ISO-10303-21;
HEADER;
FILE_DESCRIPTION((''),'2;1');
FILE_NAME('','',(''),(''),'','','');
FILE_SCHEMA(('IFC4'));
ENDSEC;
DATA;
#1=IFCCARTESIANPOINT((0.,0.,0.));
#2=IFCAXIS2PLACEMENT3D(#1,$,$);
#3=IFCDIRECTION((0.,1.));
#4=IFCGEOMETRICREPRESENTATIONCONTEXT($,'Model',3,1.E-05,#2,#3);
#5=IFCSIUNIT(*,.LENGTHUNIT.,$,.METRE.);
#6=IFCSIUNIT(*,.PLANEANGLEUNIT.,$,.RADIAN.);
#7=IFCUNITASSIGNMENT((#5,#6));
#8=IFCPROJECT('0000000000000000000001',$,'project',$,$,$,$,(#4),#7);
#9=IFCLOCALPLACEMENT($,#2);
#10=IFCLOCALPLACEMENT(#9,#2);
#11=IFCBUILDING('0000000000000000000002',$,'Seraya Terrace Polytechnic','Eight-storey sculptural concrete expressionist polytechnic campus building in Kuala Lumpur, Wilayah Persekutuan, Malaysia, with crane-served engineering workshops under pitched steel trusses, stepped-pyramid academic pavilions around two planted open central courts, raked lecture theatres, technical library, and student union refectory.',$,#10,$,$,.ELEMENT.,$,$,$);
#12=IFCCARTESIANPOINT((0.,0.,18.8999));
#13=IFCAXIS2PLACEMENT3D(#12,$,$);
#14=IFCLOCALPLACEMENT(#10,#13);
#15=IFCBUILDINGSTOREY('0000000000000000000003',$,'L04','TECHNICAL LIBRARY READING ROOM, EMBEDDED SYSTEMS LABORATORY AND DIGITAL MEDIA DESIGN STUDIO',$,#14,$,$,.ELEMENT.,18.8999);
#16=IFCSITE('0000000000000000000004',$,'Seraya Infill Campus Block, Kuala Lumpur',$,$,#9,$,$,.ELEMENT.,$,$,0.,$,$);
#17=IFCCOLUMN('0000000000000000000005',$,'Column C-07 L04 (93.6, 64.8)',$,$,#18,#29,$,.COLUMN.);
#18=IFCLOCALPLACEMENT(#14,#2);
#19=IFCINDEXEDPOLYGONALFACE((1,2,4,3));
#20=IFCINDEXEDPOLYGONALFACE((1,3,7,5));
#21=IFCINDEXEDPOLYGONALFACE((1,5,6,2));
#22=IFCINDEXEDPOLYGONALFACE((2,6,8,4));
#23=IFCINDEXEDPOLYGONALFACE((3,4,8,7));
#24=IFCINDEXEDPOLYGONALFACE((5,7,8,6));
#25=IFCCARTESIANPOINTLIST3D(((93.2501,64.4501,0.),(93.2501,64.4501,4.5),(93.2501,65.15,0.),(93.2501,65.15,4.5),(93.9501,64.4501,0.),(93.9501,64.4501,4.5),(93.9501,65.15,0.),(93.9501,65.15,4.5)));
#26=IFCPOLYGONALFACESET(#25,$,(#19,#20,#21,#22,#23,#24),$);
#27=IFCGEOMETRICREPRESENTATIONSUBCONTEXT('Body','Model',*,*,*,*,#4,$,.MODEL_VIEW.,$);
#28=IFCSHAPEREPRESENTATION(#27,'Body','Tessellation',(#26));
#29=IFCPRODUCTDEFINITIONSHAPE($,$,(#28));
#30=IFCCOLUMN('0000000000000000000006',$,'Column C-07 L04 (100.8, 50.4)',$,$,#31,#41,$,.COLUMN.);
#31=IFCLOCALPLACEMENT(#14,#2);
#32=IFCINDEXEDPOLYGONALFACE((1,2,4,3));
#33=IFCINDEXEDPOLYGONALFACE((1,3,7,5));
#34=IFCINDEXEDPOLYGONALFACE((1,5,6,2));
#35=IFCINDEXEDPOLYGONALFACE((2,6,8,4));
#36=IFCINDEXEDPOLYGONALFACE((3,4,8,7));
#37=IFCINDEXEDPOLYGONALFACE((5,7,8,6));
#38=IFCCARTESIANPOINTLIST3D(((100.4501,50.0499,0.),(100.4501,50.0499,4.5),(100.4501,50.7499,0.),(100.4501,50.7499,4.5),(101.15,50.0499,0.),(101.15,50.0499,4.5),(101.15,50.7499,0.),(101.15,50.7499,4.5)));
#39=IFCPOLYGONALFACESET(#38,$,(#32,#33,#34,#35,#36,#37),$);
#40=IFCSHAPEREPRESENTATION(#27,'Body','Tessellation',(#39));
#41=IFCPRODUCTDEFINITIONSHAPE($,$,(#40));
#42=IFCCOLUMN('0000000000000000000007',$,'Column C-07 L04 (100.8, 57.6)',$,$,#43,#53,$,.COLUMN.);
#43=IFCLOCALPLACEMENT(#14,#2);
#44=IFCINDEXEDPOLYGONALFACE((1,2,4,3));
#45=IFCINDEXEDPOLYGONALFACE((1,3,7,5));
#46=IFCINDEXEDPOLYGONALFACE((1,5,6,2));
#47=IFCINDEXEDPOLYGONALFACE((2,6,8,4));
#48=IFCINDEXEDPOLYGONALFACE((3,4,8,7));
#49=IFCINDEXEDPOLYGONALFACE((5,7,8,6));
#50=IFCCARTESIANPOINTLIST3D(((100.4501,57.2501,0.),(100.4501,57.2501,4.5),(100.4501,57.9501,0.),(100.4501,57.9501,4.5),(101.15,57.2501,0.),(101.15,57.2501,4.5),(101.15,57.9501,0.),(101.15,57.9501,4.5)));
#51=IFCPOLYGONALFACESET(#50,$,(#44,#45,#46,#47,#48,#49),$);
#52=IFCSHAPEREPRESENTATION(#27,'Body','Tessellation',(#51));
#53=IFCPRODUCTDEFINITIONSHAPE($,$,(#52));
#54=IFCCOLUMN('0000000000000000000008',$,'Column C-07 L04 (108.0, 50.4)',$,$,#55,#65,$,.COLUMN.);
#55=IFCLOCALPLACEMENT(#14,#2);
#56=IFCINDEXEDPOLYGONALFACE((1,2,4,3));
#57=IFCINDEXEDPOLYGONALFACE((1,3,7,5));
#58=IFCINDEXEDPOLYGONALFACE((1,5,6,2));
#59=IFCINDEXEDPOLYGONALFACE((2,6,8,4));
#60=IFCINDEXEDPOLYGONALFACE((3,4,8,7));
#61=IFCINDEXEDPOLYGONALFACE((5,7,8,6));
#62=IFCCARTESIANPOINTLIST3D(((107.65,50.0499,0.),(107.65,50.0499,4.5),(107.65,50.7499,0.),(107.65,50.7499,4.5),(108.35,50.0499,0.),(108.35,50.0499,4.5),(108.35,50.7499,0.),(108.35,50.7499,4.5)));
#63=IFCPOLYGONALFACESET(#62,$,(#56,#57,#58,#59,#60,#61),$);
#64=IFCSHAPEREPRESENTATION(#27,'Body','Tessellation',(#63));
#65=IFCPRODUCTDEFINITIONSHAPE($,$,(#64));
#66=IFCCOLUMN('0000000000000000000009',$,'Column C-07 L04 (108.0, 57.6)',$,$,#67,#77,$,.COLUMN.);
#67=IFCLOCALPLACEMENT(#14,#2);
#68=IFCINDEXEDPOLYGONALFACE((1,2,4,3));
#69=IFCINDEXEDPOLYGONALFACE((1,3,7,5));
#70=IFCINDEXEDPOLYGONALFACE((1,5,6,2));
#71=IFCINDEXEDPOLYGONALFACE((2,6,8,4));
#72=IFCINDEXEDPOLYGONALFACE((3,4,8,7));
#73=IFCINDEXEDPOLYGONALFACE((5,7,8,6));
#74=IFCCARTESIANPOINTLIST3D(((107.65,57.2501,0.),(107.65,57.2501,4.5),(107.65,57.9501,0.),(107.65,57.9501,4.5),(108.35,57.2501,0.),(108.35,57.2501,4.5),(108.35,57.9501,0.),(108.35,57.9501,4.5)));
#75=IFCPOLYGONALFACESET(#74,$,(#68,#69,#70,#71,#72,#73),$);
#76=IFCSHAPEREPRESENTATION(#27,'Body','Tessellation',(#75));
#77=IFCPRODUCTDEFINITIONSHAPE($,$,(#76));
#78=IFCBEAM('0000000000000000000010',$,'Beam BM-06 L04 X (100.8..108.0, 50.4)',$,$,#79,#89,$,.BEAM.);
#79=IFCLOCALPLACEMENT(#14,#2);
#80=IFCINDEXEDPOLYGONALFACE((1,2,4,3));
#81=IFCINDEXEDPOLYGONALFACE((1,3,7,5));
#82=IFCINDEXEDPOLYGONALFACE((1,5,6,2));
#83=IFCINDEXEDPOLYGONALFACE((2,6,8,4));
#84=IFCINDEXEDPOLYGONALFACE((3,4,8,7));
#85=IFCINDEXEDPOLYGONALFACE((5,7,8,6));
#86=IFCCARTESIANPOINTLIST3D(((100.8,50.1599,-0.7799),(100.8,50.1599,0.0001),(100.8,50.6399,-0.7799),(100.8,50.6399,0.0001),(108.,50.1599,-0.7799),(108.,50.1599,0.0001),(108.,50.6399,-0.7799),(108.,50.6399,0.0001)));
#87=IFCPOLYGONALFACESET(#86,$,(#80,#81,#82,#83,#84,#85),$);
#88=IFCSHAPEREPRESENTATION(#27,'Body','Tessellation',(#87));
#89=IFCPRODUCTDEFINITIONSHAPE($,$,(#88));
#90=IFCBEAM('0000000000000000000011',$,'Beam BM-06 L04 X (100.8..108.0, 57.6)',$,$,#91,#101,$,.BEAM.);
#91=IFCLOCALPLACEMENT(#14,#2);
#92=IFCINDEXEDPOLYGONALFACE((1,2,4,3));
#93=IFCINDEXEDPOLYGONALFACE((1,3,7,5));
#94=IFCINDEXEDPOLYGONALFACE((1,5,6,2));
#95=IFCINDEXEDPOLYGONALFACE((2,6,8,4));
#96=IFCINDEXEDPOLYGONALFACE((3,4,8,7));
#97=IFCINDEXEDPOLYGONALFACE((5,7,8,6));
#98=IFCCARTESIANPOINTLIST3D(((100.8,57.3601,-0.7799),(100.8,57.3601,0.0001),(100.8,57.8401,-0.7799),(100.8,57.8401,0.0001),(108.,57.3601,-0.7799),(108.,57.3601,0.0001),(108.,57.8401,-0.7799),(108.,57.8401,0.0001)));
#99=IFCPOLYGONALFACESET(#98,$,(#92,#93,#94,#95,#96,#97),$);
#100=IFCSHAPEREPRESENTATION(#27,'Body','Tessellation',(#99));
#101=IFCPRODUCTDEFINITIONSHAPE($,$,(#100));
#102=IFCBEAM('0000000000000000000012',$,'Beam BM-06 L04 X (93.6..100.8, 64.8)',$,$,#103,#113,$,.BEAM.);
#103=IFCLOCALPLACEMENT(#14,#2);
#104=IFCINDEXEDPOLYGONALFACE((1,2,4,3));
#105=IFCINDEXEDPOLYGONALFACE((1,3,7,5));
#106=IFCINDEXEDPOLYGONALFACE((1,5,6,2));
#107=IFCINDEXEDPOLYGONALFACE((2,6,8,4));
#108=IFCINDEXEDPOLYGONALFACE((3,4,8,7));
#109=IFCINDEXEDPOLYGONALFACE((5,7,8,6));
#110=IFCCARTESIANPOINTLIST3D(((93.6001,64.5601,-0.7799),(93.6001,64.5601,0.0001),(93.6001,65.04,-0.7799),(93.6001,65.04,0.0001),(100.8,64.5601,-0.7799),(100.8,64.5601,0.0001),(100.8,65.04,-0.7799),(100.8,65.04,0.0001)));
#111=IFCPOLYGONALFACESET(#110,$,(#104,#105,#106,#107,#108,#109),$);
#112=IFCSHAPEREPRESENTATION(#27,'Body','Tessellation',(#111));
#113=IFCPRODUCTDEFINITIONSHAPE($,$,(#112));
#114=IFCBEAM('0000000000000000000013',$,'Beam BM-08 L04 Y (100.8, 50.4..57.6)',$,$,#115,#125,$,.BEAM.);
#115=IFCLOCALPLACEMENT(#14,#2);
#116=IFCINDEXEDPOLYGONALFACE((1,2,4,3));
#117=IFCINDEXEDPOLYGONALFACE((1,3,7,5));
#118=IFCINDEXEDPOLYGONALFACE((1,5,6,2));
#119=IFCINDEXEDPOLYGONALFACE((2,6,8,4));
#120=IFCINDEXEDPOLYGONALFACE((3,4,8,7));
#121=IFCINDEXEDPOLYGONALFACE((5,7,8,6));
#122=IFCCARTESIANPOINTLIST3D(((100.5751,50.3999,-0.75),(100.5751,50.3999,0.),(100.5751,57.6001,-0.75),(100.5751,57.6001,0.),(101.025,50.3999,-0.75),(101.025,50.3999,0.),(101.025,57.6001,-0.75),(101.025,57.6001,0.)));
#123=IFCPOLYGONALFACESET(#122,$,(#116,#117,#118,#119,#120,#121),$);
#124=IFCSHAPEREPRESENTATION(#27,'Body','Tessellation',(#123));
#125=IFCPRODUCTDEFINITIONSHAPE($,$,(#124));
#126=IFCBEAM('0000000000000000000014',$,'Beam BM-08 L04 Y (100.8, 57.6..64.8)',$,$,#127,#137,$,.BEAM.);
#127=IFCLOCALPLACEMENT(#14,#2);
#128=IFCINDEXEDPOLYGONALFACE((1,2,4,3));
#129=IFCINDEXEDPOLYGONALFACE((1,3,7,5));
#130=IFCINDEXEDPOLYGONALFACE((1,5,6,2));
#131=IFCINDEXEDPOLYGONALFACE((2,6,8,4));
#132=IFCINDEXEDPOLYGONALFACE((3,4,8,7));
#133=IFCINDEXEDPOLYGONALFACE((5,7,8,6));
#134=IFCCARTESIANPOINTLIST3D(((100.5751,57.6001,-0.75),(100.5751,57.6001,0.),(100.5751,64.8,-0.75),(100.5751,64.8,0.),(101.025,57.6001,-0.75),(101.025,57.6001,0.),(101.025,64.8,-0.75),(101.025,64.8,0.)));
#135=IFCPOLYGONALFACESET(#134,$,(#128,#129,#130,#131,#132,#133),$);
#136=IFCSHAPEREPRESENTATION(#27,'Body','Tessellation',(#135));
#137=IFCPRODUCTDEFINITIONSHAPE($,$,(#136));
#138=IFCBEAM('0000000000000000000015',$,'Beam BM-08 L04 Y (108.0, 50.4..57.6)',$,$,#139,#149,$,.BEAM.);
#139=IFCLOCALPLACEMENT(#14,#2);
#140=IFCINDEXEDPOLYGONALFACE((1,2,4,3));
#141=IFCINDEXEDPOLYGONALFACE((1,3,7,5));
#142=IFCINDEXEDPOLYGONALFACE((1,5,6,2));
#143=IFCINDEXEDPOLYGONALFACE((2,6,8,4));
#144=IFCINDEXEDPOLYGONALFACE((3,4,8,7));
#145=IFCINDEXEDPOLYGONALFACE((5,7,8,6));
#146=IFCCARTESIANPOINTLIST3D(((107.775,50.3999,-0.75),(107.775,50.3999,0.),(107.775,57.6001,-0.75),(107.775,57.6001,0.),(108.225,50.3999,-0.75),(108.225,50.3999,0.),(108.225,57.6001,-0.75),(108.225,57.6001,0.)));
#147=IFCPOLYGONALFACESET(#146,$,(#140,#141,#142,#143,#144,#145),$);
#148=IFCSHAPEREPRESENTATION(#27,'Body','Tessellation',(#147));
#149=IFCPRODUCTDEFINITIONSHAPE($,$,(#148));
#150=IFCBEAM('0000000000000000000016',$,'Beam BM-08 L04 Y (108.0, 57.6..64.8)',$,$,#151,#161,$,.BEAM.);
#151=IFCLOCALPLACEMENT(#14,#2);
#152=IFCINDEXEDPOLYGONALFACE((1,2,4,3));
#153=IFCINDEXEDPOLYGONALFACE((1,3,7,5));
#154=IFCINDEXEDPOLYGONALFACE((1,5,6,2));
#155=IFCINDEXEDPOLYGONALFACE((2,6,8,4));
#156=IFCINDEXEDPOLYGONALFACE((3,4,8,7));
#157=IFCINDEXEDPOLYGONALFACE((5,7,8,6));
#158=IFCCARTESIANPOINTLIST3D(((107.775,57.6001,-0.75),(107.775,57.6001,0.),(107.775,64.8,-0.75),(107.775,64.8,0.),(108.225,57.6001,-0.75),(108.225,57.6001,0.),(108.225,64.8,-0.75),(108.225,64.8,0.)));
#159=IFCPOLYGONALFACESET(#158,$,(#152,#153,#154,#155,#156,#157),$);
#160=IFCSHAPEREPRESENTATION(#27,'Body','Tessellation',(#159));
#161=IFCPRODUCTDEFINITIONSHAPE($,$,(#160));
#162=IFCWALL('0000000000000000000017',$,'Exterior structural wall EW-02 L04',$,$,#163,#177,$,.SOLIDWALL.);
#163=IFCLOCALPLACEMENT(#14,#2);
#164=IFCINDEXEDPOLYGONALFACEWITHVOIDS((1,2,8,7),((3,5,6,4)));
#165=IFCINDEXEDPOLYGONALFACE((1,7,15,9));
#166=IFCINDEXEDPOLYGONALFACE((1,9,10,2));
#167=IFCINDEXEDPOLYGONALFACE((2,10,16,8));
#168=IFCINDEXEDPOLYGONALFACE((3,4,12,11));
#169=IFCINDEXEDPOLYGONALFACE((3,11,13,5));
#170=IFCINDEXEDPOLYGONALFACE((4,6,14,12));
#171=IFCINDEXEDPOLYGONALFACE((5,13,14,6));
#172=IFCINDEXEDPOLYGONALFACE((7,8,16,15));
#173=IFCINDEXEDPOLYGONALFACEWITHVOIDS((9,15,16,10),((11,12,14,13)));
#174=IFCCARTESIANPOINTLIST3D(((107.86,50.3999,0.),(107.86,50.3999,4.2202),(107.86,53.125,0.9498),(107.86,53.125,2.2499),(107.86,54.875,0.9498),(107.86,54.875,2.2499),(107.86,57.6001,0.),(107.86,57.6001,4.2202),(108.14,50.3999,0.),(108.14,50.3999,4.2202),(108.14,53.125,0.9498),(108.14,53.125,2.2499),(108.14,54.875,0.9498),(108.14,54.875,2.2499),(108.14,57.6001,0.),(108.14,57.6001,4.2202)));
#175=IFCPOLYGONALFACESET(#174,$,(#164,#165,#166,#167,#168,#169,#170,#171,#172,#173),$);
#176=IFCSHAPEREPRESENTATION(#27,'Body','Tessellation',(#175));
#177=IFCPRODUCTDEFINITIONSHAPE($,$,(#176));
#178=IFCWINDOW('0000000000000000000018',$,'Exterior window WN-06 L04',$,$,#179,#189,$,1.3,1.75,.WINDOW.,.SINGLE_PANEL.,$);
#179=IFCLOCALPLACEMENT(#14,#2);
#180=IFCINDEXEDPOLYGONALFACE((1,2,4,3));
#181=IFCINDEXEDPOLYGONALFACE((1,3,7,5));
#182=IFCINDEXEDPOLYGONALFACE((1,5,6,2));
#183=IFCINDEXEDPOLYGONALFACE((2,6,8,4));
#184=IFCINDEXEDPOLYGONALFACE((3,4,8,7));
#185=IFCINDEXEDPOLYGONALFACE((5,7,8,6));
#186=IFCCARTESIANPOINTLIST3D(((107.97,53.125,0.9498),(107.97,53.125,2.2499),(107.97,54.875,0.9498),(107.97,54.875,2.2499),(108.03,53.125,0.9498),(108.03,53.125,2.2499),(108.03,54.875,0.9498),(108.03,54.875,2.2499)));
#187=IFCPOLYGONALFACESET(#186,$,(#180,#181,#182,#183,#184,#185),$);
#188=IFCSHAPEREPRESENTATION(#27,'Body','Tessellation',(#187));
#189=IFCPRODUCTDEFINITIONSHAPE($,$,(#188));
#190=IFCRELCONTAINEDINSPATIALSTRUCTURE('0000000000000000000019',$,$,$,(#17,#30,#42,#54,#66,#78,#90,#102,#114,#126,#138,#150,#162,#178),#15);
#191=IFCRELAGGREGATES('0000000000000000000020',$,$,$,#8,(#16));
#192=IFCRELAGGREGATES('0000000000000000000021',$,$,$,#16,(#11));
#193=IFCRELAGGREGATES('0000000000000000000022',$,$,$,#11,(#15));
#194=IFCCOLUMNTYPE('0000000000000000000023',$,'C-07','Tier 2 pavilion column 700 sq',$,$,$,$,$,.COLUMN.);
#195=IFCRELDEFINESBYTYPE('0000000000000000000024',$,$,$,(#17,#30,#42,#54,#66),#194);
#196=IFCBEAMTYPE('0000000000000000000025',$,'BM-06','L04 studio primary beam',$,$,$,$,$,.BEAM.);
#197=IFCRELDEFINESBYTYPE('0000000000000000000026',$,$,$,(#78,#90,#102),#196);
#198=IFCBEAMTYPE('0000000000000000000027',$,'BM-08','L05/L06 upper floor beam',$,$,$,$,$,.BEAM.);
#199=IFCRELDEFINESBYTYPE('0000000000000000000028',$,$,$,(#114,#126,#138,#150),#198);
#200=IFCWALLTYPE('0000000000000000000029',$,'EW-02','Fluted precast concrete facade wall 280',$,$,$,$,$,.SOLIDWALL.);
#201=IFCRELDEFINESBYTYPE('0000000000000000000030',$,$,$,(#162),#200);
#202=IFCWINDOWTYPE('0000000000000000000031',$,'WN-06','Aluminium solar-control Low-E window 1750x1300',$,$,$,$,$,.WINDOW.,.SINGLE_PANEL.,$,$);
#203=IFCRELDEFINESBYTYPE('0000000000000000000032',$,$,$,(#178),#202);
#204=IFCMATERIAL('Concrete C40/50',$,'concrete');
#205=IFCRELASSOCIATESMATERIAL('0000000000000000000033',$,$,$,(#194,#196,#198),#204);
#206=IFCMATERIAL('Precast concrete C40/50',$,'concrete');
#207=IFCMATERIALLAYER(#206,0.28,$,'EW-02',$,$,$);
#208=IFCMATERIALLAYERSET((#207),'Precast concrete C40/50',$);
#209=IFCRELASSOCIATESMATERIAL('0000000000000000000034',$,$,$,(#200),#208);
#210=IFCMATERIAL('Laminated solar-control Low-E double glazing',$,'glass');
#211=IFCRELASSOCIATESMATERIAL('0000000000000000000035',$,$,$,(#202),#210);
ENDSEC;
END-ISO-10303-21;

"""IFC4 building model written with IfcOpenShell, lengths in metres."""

from ifc_helpers import new_model, si_unit, direction, frame, frame_2d, origin, origin_2d, place, context, subcontext, project, spatial, rectangle, extrude, material, layer, layer_set, material_profile, profile_set, type_object, element, fill, save


model = new_model("IFC4")

# Units and contexts
model_context = context("Model", 3, precision=1e-05, world=origin(), true_north=direction((0.0, 1.0)))
body_context = subcontext(model_context, "Body", "Model", "MODEL_VIEW")
ifc_project = project(units=[si_unit("LENGTHUNIT", "METRE"), si_unit("PLANEANGLEUNIT", "RADIAN")], contexts=[model_context])

# Site, building, storey
site_placement = place(None, origin())
site = spatial("IfcSite", under=ifc_project, at=site_placement, Name="Seraya Infill Campus Block, Kuala Lumpur", CompositionType="ELEMENT", RefElevation=0.0)
building_placement = place(site_placement, origin())
building = spatial("IfcBuilding", under=site, at=building_placement, Name="Seraya Terrace Polytechnic", Description="Eight-storey sculptural concrete expressionist polytechnic campus building in Kuala Lumpur, Wilayah Persekutuan, Malaysia, with crane-served engineering workshops under pitched steel trusses, stepped-pyramid academic pavilions around two planted open central courts, raked lecture theatres, technical library, and student union refectory.", CompositionType="ELEMENT")
storey_placement = place(building_placement, frame((0.0, 0.0, 18.8999)))
storey = spatial("IfcBuildingStorey", under=building, at=storey_placement, Name="L04", Description="TECHNICAL LIBRARY READING ROOM, EMBEDDED SYSTEMS LABORATORY AND DIGITAL MEDIA DESIGN STUDIO", CompositionType="ELEMENT", Elevation=18.8999)

# Columns
ifc_material_1 = material(Name="Concrete C40/50", Category="concrete")
ifc_material_profile_1 = material_profile(ifc_material_1, rectangle(XDim=0.7, YDim=0.7, at=origin_2d()), Name="RC 700x700")
ifc_profile_set_1 = profile_set([ifc_material_profile_1], Name="Concrete C40/50")
column_type = type_object("IfcColumnType", Name="C-07", Description="Tier 2 pavilion column 700 sq", PredefinedType="COLUMN", material=ifc_profile_set_1)
for number, where, z_axis, x_axis, name in (
    (1, (93.6001, 64.8, 0.0), (0.0, 0.0, 1.0), (1.0, 0.0, 0.0), "Column C-07 L04 (93.6, 64.8)"),
    (2, (100.8, 50.3999, 0.0), (0.0, 0.0, 1.0), (1.0, 0.0, 0.0), "Column C-07 L04 (100.8, 50.4)"),
    (3, (100.8, 57.6001, 0.0), (0.0, 0.0, 1.0), (1.0, 0.0, 0.0), "Column C-07 L04 (100.8, 57.6)"),
    (4, (108.0, 50.3999, 0.0), (0.0, 0.0, 1.0), (1.0, 0.0, 0.0), "Column C-07 L04 (108.0, 50.4)"),
    (5, (108.0, 57.6001, 0.0), (0.0, 0.0, 1.0), (1.0, 0.0, 0.0), "Column C-07 L04 (108.0, 57.6)"),
):
    element("IfcColumn", number, at=place(storey_placement, frame(where, z_axis=z_axis, x_axis=x_axis)), inside=storey, type_object=column_type, Name=name, PredefinedType="COLUMN", context=body_context, shape_type="SweptSolid", body=[
        extrude(rectangle(XDim=0.7, YDim=0.7, at=origin_2d()), origin(), (0.0, 0.0, 1.0), 4.5),
    ])

# Beams
ifc_material_profile_2 = material_profile(ifc_material_1, rectangle(XDim=0.48, YDim=0.78, at=origin_2d()), Name="RC 480x780")
ifc_profile_set_2 = profile_set([ifc_material_profile_2], Name="Concrete C40/50")
beam_type_1 = type_object("IfcBeamType", Name="BM-06", Description="L04 studio primary beam", PredefinedType="BEAM", material=ifc_profile_set_2)
for number, where, z_axis, x_axis, name in (
    (6, (100.8, 50.3999, -0.3899), (1.0, 0.0, 0.0), (0.0, 1.0, 0.0), "Beam BM-06 L04 X (100.8..108.0, 50.4)"),
    (7, (100.8, 57.6001, -0.3899), (1.0, 0.0, 0.0), (0.0, 1.0, 0.0), "Beam BM-06 L04 X (100.8..108.0, 57.6)"),
    (8, (93.6001, 64.8, -0.3899), (1.0, 0.0, 0.0), (0.0, 1.0, 0.0), "Beam BM-06 L04 X (93.6..100.8, 64.8)"),
):
    element("IfcBeam", number, at=place(storey_placement, frame(where, z_axis=z_axis, x_axis=x_axis)), inside=storey, type_object=beam_type_1, Name=name, PredefinedType="BEAM", context=body_context, shape_type="SweptSolid", body=[
        extrude(rectangle(XDim=0.48, YDim=0.78, at=origin_2d()), origin(), (0.0, 0.0, 1.0), 7.2),
    ])
ifc_material_profile_3 = material_profile(ifc_material_1, rectangle(XDim=0.45, YDim=0.75, at=origin_2d()), Name="RC 450x750")
ifc_profile_set_3 = profile_set([ifc_material_profile_3], Name="Concrete C40/50")
beam_type_2 = type_object("IfcBeamType", Name="BM-08", Description="L05/L06 upper floor beam", PredefinedType="BEAM", material=ifc_profile_set_3)
beam_1_placement = place(storey_placement, frame((100.8, 50.3999, -0.375), z_axis=(0.0, 1.0, 0.0), x_axis=(-1.0, 0.0, 0.0)))
element("IfcBeam", 9, at=beam_1_placement, inside=storey, type_object=beam_type_2, Name="Beam BM-08 L04 Y (100.8, 50.4..57.6)", PredefinedType="BEAM", context=body_context, shape_type="SweptSolid", body=[
    extrude(rectangle(XDim=0.45, YDim=0.75, at=origin_2d()), origin(), (0.0, 0.0, 1.0), 7.2002),
])
beam_2_placement = place(storey_placement, frame((100.8, 57.6001, -0.375), z_axis=(0.0, 1.0, 0.0), x_axis=(-1.0, 0.0, 0.0)))
element("IfcBeam", 10, at=beam_2_placement, inside=storey, type_object=beam_type_2, Name="Beam BM-08 L04 Y (100.8, 57.6..64.8)", PredefinedType="BEAM", context=body_context, shape_type="SweptSolid", body=[
    extrude(rectangle(XDim=0.45, YDim=0.75, at=origin_2d()), origin(), (0.0, 0.0, 1.0), 7.2),
])
beam_3_placement = place(storey_placement, frame((108.0, 50.3999, -0.375), z_axis=(0.0, 1.0, 0.0), x_axis=(-1.0, 0.0, 0.0)))
element("IfcBeam", 11, at=beam_3_placement, inside=storey, type_object=beam_type_2, Name="Beam BM-08 L04 Y (108.0, 50.4..57.6)", PredefinedType="BEAM", context=body_context, shape_type="SweptSolid", body=[
    extrude(rectangle(XDim=0.45, YDim=0.75, at=origin_2d()), origin(), (0.0, 0.0, 1.0), 7.2002),
])
beam_4_placement = place(storey_placement, frame((108.0, 57.6001, -0.375), z_axis=(0.0, 1.0, 0.0), x_axis=(-1.0, 0.0, 0.0)))
element("IfcBeam", 12, at=beam_4_placement, inside=storey, type_object=beam_type_2, Name="Beam BM-08 L04 Y (108.0, 57.6..64.8)", PredefinedType="BEAM", context=body_context, shape_type="SweptSolid", body=[
    extrude(rectangle(XDim=0.45, YDim=0.75, at=origin_2d()), origin(), (0.0, 0.0, 1.0), 7.2),
])

# Wall, opening, window
ifc_material_2 = material(Name="Precast concrete C40/50", Category="concrete")
ifc_layer = layer(ifc_material_2, 0.28, Name="EW-02")
ifc_layer_set = layer_set([ifc_layer], Name="Precast concrete C40/50")
wall_type = type_object("IfcWallType", Name="EW-02", Description="Fluted precast concrete facade wall 280", PredefinedType="SOLIDWALL", material=ifc_layer_set)
wall_1_placement = place(storey_placement, frame((108.0, 57.6001, 0.0), z_axis=(0.0, 0.0, 1.0), x_axis=(0.0, -1.0, 0.0)))
wall_1 = element("IfcWall", 13, at=wall_1_placement, inside=storey, type_object=wall_type, Name="Exterior structural wall EW-02 L04", PredefinedType="SOLIDWALL", context=body_context, shape_type="SweptSolid", body=[
    extrude(rectangle(XDim=7.2002, YDim=0.28, at=frame_2d((3.6001, 0.0))), origin(), (0.0, 0.0, 1.0), 4.2202),
])
opening_1_placement = place(wall_1_placement, frame((2.7251, 0.0, 0.95)))
opening_1 = element("IfcOpeningElement", 14, at=opening_1_placement, cuts=wall_1, PredefinedType="OPENING", context=body_context, shape_type="SweptSolid", body=[
    extrude(rectangle(XDim=1.75, YDim=1.3, at=frame_2d((0.875, 0.6499))), frame((0.0, 0.1519, 0.0), z_axis=(0.0, -1.0, 0.0), x_axis=(1.0, 0.0, 0.0)), (0.0, 0.0, 1.0), 0.304),
])
ifc_material_3 = material(Name="Laminated solar-control Low-E double glazing", Category="glass")
window_type_1 = type_object("IfcWindowType", Name="WN-06", Description="Aluminium solar-control Low-E window 1750x1300", PartitioningType="SINGLE_PANEL", PredefinedType="WINDOW", material=ifc_material_3)
window_1_placement = place(opening_1_placement, origin())
window_1 = element("IfcWindow", 15, at=window_1_placement, inside=storey, type_object=window_type_1, Name="Exterior window WN-06 L04", OverallHeight=1.3, OverallWidth=1.75, PartitioningType="SINGLE_PANEL", PredefinedType="WINDOW", context=body_context, shape_type="SweptSolid", body=[
    extrude(rectangle(XDim=1.75, YDim=1.3, at=frame_2d((0.875, 0.6499))), frame((0.0, 0.03, 0.0), z_axis=(0.0, -1.0, 0.0), x_axis=(1.0, 0.0, 0.0)), (0.0, 0.0, 1.0), 0.0601),
])
fill(opening_1, window_1)

save(model, "model.ifc")
